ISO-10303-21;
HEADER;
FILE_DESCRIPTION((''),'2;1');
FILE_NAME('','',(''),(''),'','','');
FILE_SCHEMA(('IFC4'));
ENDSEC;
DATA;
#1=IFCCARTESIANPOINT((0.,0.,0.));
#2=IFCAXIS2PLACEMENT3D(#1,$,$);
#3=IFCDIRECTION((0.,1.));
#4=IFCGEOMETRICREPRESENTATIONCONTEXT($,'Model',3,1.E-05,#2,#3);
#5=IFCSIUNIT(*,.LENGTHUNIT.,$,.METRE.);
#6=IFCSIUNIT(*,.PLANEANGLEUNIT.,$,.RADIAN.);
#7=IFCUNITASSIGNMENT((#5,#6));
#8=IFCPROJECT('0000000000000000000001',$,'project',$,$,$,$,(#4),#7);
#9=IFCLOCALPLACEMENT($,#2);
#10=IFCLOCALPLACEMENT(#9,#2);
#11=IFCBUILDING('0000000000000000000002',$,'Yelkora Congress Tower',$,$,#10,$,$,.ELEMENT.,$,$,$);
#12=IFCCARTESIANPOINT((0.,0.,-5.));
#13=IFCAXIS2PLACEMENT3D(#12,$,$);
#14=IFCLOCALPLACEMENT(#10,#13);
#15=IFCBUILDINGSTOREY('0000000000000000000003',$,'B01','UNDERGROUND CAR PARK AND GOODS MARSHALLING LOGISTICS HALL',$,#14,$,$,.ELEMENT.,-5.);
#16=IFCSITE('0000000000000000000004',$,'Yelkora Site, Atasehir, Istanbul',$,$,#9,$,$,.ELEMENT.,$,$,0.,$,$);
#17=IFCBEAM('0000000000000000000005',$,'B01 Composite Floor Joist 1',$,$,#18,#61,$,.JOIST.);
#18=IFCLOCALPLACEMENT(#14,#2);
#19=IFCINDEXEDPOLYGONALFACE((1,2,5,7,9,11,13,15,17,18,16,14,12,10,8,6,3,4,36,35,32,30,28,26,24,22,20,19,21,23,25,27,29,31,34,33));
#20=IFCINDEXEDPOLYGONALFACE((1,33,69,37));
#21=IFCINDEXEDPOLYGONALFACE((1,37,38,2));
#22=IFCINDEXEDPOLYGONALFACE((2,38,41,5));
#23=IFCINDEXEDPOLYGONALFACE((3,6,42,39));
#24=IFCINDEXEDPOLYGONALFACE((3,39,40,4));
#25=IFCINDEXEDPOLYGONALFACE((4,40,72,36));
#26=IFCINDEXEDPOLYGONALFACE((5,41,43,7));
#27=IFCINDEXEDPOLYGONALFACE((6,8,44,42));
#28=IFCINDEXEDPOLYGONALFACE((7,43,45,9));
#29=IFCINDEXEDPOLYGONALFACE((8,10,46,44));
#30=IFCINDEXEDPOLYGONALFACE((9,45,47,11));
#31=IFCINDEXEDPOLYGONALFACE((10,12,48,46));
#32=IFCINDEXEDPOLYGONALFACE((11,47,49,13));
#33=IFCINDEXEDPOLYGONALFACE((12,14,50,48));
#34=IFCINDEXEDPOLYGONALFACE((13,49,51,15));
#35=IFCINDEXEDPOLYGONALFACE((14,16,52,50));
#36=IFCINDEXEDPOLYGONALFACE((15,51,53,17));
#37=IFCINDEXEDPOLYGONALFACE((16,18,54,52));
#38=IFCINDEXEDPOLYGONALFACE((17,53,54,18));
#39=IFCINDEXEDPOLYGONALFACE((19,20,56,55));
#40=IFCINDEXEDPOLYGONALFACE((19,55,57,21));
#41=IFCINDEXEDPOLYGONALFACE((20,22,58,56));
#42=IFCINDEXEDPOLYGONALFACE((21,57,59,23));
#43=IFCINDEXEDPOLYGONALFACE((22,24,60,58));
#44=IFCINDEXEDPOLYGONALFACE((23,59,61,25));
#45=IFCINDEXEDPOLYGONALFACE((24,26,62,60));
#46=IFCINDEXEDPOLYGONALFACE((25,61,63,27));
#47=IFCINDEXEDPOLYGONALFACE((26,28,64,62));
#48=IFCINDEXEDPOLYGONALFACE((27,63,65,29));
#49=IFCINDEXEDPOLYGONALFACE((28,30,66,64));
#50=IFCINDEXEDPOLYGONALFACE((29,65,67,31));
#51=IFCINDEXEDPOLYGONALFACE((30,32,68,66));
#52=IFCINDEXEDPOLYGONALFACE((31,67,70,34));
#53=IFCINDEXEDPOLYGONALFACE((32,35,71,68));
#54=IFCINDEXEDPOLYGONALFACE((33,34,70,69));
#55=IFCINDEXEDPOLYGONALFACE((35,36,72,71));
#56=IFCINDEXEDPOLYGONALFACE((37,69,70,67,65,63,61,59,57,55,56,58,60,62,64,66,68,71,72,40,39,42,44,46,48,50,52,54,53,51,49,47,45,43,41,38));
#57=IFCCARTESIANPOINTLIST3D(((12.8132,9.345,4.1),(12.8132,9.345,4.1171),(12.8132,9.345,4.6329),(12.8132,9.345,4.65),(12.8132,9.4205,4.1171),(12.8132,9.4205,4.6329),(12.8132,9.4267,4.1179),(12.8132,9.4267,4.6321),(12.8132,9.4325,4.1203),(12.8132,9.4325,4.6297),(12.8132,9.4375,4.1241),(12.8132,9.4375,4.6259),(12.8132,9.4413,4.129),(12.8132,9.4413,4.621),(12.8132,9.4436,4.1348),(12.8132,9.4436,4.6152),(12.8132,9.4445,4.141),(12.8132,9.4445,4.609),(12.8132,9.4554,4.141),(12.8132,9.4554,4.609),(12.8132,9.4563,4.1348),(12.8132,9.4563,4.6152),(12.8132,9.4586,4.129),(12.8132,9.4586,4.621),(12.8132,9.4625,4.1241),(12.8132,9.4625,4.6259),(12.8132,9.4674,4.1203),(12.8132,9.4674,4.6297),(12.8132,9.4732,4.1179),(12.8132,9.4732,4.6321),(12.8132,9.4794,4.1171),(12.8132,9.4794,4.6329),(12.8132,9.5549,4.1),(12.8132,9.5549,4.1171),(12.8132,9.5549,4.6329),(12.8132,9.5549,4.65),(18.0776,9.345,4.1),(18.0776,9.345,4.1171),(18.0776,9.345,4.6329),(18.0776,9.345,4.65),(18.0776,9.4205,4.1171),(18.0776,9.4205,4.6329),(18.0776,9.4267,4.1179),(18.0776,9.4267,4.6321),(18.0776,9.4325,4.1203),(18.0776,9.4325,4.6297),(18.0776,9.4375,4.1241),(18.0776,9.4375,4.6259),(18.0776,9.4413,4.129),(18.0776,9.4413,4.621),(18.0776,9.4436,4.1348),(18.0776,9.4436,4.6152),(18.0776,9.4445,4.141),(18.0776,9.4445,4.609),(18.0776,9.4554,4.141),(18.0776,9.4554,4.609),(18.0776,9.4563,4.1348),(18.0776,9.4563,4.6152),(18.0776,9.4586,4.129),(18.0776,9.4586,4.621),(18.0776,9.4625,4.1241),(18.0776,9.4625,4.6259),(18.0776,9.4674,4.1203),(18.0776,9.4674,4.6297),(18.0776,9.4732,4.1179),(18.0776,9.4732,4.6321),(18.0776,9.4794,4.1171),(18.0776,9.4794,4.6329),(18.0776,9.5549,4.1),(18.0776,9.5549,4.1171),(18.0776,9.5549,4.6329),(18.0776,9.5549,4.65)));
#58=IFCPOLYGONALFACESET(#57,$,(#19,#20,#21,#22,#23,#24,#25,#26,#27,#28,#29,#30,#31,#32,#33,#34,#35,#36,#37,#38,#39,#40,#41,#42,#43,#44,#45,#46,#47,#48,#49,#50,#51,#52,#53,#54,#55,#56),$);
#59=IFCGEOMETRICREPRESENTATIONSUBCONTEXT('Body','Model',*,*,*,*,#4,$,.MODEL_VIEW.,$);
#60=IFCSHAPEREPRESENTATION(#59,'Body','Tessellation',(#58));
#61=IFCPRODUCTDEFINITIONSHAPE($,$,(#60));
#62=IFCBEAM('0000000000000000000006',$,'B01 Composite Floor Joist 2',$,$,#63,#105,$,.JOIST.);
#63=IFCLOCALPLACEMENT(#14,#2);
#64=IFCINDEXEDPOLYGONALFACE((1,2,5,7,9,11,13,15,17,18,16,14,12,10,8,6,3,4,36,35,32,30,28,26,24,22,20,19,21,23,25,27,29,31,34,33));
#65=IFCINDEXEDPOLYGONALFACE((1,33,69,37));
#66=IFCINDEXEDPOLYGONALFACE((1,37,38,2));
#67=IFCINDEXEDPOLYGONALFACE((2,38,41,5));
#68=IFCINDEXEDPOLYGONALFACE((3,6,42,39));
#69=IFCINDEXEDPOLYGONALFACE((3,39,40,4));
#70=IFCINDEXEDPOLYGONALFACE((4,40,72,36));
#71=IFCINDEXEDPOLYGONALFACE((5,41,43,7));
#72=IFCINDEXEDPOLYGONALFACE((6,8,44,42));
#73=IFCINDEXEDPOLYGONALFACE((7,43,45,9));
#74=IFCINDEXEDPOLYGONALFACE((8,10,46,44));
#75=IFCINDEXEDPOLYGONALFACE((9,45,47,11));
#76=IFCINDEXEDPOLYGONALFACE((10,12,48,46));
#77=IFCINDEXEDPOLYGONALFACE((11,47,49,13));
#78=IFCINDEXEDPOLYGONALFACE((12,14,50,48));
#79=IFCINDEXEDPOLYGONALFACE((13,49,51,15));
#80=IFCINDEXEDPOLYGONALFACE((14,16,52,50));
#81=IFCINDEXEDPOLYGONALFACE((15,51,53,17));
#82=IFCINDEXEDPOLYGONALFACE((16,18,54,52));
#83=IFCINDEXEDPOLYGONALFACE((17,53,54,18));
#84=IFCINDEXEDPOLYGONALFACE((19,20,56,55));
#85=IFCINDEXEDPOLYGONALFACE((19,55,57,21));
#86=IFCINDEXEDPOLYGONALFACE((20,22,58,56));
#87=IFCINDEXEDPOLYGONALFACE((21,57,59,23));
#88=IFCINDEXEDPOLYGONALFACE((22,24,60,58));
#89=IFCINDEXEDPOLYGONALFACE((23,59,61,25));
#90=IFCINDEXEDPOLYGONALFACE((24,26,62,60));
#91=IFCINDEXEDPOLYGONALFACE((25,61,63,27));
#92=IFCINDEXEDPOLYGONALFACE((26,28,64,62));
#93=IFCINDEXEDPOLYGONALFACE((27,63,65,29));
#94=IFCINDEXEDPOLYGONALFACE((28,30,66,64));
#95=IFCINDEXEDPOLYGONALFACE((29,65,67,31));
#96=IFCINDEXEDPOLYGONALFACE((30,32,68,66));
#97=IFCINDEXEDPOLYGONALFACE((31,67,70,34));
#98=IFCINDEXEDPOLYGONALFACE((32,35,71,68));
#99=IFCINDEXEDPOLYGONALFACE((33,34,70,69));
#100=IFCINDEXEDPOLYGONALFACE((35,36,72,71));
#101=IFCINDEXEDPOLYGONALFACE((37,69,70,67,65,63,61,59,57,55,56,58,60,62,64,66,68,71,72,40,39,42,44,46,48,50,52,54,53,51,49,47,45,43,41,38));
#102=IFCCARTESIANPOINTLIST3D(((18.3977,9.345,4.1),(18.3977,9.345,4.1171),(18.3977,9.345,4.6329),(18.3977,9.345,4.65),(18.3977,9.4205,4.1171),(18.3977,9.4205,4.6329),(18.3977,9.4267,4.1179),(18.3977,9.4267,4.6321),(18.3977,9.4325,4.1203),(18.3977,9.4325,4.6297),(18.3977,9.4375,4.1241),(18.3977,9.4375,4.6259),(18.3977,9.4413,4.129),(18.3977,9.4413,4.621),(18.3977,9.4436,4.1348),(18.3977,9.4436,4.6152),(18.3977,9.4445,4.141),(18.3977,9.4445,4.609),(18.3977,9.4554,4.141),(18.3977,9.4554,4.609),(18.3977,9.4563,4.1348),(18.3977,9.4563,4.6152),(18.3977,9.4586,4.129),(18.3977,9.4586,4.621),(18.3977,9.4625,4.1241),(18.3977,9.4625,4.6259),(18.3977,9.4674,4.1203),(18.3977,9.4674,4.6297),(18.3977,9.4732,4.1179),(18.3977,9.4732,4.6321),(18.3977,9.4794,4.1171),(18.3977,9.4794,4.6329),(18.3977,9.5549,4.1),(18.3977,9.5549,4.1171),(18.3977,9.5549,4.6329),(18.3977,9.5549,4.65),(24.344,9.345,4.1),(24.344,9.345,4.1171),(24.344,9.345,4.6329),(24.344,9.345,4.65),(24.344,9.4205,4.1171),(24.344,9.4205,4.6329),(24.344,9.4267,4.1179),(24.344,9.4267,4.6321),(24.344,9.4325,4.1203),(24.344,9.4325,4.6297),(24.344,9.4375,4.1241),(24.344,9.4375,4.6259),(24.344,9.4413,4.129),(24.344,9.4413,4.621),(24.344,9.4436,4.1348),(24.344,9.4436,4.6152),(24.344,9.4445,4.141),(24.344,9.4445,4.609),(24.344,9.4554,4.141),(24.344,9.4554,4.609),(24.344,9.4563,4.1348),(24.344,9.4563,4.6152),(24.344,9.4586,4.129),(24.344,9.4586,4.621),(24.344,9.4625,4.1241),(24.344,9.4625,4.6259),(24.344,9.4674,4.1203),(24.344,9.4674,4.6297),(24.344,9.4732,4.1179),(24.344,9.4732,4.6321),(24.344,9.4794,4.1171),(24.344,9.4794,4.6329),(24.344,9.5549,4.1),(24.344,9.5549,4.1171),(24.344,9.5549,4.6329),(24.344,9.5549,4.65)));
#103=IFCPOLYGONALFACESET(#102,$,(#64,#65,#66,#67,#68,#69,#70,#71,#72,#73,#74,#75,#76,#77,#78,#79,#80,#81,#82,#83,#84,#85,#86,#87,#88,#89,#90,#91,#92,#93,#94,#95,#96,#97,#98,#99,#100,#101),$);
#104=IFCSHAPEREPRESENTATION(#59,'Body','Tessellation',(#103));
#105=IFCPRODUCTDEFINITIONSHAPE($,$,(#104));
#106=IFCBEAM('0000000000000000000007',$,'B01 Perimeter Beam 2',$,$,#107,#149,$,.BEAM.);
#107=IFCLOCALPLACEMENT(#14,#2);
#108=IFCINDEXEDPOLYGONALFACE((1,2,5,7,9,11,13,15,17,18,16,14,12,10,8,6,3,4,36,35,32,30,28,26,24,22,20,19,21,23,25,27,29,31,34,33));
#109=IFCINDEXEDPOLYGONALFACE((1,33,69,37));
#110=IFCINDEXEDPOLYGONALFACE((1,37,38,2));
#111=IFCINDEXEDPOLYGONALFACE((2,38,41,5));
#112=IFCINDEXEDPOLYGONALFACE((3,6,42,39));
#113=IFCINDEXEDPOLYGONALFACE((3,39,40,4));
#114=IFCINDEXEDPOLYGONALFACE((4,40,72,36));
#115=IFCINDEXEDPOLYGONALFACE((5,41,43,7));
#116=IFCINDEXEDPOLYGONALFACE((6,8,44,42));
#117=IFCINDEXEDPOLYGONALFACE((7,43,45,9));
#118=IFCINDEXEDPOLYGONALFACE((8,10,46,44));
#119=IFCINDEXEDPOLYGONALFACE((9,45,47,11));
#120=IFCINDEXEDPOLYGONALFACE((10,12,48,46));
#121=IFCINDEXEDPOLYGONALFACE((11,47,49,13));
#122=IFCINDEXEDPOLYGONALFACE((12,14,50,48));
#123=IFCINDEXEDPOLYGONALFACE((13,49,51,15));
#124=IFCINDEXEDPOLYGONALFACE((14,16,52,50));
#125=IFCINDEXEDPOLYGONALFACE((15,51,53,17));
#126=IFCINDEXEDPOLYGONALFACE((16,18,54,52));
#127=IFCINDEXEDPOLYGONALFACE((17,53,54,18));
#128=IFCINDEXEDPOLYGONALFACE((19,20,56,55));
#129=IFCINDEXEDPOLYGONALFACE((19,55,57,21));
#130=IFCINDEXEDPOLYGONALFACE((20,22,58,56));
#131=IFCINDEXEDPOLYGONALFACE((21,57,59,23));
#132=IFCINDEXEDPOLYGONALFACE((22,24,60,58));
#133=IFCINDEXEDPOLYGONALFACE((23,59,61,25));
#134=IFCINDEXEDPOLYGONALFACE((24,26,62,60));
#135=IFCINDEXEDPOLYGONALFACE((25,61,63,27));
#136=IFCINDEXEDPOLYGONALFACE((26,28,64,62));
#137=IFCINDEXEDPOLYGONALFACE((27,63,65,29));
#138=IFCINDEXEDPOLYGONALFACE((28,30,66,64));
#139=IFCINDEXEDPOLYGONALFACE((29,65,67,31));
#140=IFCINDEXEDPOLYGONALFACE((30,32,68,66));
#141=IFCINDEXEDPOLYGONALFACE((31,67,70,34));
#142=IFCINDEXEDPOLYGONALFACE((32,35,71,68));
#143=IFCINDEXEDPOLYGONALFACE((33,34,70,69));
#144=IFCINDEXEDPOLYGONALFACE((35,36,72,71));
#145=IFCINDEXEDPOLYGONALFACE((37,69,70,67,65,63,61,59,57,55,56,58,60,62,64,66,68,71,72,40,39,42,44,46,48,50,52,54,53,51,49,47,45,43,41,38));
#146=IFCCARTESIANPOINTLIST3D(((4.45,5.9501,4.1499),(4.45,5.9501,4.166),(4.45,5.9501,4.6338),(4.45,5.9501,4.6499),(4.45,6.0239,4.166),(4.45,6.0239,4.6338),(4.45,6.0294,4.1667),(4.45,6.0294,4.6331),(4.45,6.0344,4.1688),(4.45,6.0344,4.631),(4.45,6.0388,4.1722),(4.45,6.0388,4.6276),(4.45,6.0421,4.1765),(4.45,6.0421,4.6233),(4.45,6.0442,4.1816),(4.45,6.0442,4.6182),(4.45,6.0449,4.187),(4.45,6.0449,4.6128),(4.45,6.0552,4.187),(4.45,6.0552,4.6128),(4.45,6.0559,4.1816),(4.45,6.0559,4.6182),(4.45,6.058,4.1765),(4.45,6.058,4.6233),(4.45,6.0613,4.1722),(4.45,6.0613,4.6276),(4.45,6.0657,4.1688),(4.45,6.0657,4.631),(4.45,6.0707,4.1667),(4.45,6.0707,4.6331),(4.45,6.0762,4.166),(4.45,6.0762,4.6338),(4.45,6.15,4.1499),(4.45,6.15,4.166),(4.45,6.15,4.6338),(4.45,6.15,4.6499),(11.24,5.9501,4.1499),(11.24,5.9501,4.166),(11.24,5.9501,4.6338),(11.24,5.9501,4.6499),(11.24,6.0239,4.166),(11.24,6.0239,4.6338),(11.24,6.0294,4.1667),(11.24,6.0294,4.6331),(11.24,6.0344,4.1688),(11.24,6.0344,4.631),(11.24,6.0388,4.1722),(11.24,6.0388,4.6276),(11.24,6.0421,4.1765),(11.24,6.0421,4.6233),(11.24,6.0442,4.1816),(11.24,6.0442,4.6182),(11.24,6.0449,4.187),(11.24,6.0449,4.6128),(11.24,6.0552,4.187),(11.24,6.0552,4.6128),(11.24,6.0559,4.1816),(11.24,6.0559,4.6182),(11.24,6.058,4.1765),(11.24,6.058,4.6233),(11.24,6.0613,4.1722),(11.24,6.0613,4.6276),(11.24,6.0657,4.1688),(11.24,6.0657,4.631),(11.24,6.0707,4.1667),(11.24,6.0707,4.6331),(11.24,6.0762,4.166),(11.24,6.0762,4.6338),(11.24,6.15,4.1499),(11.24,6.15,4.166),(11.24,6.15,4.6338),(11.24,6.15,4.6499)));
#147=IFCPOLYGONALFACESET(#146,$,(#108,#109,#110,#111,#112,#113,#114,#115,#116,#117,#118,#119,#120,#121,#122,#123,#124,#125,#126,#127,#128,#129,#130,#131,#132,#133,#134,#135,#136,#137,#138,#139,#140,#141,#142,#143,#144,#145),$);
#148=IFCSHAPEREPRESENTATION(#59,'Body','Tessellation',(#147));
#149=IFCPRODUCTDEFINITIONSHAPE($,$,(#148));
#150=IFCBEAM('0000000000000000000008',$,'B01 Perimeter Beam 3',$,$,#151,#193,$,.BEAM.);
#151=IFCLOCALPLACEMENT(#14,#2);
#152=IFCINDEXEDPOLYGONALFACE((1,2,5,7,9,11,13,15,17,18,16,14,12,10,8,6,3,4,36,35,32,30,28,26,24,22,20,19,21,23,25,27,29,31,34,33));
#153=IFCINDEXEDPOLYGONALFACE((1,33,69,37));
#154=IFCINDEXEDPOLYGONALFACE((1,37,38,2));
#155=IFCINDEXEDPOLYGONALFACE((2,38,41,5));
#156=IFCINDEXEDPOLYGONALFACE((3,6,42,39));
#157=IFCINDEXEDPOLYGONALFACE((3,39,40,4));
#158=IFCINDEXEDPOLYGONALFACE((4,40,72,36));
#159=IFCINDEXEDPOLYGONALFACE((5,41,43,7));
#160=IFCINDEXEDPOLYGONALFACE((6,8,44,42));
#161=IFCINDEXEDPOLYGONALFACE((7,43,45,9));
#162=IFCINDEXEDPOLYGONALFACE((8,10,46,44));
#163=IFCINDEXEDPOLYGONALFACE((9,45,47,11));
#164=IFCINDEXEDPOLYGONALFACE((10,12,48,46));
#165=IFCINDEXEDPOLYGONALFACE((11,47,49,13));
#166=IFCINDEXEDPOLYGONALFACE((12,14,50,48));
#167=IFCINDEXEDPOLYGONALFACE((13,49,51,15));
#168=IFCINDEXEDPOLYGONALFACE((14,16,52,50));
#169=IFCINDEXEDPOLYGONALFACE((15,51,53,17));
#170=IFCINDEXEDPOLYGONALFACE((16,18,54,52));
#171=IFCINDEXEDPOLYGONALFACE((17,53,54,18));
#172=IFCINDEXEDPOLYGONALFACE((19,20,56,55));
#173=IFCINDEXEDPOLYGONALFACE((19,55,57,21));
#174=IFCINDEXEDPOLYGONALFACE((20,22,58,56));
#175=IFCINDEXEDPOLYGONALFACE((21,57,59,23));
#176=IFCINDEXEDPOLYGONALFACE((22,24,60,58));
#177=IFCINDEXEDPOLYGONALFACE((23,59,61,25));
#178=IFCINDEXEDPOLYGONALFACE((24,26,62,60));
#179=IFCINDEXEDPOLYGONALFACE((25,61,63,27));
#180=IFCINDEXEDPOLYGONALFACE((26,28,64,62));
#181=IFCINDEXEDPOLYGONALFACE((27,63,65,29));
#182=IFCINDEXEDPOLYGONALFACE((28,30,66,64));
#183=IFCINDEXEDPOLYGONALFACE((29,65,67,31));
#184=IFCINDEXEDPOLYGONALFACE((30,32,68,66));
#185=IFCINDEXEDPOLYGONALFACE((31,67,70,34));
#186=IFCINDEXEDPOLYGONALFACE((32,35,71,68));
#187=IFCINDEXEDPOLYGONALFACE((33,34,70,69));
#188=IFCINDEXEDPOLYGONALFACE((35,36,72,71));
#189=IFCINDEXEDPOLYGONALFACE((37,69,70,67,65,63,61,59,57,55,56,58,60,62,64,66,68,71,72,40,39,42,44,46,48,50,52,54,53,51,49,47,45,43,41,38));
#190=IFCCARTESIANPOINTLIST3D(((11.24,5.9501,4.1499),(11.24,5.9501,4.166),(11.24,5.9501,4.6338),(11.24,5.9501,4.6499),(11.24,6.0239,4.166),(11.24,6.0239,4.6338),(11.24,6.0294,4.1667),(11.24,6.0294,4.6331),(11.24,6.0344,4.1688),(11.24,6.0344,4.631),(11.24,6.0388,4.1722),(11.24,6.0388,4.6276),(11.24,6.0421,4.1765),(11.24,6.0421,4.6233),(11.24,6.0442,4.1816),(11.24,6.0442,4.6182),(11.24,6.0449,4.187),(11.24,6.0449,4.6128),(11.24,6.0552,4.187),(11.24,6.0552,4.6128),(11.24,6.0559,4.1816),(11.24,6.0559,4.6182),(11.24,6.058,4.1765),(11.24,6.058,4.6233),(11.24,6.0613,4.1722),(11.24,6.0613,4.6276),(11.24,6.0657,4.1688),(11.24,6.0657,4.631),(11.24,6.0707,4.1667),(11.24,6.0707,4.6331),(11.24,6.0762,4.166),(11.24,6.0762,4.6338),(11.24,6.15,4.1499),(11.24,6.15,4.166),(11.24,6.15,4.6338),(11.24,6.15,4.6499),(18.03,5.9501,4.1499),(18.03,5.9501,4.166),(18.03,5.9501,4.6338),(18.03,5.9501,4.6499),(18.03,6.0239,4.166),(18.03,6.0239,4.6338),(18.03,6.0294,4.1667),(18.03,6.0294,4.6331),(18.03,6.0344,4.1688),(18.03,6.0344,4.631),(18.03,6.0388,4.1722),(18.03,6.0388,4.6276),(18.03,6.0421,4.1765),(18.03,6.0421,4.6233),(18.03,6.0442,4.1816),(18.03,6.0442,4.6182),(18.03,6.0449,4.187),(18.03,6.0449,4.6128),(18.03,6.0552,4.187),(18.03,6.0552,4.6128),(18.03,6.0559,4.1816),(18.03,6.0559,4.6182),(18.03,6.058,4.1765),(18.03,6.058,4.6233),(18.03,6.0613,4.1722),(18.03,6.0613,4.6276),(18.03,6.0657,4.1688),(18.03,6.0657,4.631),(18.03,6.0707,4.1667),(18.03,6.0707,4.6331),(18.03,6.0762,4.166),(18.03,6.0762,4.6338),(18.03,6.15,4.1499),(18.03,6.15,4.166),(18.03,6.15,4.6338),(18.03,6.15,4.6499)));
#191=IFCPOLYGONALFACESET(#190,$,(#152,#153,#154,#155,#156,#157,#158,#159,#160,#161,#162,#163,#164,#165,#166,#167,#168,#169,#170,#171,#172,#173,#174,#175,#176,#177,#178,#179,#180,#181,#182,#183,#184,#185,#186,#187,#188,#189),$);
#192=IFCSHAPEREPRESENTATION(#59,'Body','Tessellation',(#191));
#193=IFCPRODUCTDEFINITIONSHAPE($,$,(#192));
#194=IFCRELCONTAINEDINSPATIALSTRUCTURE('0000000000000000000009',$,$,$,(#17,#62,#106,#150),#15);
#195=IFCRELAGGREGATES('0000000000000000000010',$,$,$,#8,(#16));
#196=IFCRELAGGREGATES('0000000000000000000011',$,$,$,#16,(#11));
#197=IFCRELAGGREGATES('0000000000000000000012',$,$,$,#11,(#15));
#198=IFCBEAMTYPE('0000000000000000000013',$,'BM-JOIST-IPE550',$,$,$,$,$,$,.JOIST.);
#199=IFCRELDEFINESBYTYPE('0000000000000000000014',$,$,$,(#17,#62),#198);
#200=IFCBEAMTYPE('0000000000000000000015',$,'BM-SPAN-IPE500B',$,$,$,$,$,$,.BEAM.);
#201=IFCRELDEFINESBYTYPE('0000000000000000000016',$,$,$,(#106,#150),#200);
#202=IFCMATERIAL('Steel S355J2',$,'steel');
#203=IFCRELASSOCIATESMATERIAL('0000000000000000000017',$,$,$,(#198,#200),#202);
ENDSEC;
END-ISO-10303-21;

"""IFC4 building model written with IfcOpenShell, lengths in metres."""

from ifc_helpers import new_model, si_unit, direction, frame, origin, origin_2d, place, context, subcontext, project, spatial, i_section, extrude, material, material_profile, profile_set, type_object, element, save


model = new_model("IFC4")

# Units and contexts
model_context = context("Model", 3, precision=1e-05, world=origin(), true_north=direction((0.0, 1.0)))
body_context = subcontext(model_context, "Body", "Model", "MODEL_VIEW")
ifc_project = project(units=[si_unit("LENGTHUNIT", "METRE"), si_unit("PLANEANGLEUNIT", "RADIAN")], contexts=[model_context])

# Site, building, storey
site_placement = place(None, origin())
site = spatial("IfcSite", under=ifc_project, at=site_placement, Name="Yelkora Site, Atasehir, Istanbul", CompositionType="ELEMENT", RefElevation=0.0)
building_placement = place(site_placement, origin())
building = spatial("IfcBuilding", under=site, at=building_placement, Name="Yelkora Congress Tower", CompositionType="ELEMENT")
storey_placement = place(building_placement, frame((0.0, 0.0, -5.0)))
storey = spatial("IfcBuildingStorey", under=building, at=storey_placement, Name="B01", Description="UNDERGROUND CAR PARK AND GOODS MARSHALLING LOGISTICS HALL", CompositionType="ELEMENT", Elevation=-5.0)

# Beams
ifc_material_1 = material(Name="Steel S355J2", Category="steel")
ifc_material_profile_1 = material_profile(ifc_material_1, i_section(OverallWidth=0.21, OverallDepth=0.55, WebThickness=0.011, FlangeThickness=0.0171, FilletRadius=0.0239, at=origin_2d()), Name="IPE 550")
ifc_profile_set_1 = profile_set([ifc_material_profile_1], Name="Steel S355J2")
beam_type_1 = type_object("IfcBeamType", Name="BM-JOIST-IPE550", PredefinedType="JOIST", material=ifc_profile_set_1)
beam_1_placement = place(storey_placement, frame((12.8132, 9.45, 4.375), z_axis=(1.0, 0.0, 0.0), x_axis=(0.0, 1.0, 0.0)))
element("IfcBeam", 1, at=beam_1_placement, inside=storey, type_object=beam_type_1, Name="B01 Composite Floor Joist 1", PredefinedType="JOIST", context=body_context, shape_type="SweptSolid", body=[
    extrude(i_section(OverallWidth=0.21, OverallDepth=0.55, WebThickness=0.011, FlangeThickness=0.0171, FilletRadius=0.0239, at=origin_2d()), origin(), (0.0, 0.0, 1.0), 5.2644),
])
beam_2_placement = place(storey_placement, frame((18.3977, 9.45, 4.375), z_axis=(1.0, 0.0, 0.0), x_axis=(0.0, 1.0, 0.0)))
element("IfcBeam", 2, at=beam_2_placement, inside=storey, type_object=beam_type_1, Name="B01 Composite Floor Joist 2", PredefinedType="JOIST", context=body_context, shape_type="SweptSolid", body=[
    extrude(i_section(OverallWidth=0.21, OverallDepth=0.55, WebThickness=0.011, FlangeThickness=0.0171, FilletRadius=0.0239, at=origin_2d()), origin(), (0.0, 0.0, 1.0), 5.9463),
])
ifc_material_profile_2 = material_profile(ifc_material_1, i_section(OverallWidth=0.2, OverallDepth=0.5, WebThickness=0.0103, FlangeThickness=0.0161, FilletRadius=0.021, at=origin_2d()), Name="IPE 500")
ifc_profile_set_2 = profile_set([ifc_material_profile_2], Name="Steel S355J2")
beam_type_2 = type_object("IfcBeamType", Name="BM-SPAN-IPE500B", PredefinedType="BEAM", material=ifc_profile_set_2)
for number, where, z_axis, x_axis, name in (
    (3, (4.45, 6.05, 4.3999), (1.0, 0.0, 0.0), (0.0, 1.0, 0.0), "B01 Perimeter Beam 2"),
    (4, (11.24, 6.05, 4.3999), (1.0, 0.0, 0.0), (0.0, 1.0, 0.0), "B01 Perimeter Beam 3"),
):
    element("IfcBeam", number, at=place(storey_placement, frame(where, z_axis=z_axis, x_axis=x_axis)), inside=storey, type_object=beam_type_2, Name=name, PredefinedType="BEAM", context=body_context, shape_type="SweptSolid", body=[
        extrude(i_section(OverallWidth=0.2, OverallDepth=0.5, WebThickness=0.0103, FlangeThickness=0.0161, FilletRadius=0.021, at=origin_2d()), origin(), (0.0, 0.0, 1.0), 6.79),
    ])

save(model, "model.ifc")
